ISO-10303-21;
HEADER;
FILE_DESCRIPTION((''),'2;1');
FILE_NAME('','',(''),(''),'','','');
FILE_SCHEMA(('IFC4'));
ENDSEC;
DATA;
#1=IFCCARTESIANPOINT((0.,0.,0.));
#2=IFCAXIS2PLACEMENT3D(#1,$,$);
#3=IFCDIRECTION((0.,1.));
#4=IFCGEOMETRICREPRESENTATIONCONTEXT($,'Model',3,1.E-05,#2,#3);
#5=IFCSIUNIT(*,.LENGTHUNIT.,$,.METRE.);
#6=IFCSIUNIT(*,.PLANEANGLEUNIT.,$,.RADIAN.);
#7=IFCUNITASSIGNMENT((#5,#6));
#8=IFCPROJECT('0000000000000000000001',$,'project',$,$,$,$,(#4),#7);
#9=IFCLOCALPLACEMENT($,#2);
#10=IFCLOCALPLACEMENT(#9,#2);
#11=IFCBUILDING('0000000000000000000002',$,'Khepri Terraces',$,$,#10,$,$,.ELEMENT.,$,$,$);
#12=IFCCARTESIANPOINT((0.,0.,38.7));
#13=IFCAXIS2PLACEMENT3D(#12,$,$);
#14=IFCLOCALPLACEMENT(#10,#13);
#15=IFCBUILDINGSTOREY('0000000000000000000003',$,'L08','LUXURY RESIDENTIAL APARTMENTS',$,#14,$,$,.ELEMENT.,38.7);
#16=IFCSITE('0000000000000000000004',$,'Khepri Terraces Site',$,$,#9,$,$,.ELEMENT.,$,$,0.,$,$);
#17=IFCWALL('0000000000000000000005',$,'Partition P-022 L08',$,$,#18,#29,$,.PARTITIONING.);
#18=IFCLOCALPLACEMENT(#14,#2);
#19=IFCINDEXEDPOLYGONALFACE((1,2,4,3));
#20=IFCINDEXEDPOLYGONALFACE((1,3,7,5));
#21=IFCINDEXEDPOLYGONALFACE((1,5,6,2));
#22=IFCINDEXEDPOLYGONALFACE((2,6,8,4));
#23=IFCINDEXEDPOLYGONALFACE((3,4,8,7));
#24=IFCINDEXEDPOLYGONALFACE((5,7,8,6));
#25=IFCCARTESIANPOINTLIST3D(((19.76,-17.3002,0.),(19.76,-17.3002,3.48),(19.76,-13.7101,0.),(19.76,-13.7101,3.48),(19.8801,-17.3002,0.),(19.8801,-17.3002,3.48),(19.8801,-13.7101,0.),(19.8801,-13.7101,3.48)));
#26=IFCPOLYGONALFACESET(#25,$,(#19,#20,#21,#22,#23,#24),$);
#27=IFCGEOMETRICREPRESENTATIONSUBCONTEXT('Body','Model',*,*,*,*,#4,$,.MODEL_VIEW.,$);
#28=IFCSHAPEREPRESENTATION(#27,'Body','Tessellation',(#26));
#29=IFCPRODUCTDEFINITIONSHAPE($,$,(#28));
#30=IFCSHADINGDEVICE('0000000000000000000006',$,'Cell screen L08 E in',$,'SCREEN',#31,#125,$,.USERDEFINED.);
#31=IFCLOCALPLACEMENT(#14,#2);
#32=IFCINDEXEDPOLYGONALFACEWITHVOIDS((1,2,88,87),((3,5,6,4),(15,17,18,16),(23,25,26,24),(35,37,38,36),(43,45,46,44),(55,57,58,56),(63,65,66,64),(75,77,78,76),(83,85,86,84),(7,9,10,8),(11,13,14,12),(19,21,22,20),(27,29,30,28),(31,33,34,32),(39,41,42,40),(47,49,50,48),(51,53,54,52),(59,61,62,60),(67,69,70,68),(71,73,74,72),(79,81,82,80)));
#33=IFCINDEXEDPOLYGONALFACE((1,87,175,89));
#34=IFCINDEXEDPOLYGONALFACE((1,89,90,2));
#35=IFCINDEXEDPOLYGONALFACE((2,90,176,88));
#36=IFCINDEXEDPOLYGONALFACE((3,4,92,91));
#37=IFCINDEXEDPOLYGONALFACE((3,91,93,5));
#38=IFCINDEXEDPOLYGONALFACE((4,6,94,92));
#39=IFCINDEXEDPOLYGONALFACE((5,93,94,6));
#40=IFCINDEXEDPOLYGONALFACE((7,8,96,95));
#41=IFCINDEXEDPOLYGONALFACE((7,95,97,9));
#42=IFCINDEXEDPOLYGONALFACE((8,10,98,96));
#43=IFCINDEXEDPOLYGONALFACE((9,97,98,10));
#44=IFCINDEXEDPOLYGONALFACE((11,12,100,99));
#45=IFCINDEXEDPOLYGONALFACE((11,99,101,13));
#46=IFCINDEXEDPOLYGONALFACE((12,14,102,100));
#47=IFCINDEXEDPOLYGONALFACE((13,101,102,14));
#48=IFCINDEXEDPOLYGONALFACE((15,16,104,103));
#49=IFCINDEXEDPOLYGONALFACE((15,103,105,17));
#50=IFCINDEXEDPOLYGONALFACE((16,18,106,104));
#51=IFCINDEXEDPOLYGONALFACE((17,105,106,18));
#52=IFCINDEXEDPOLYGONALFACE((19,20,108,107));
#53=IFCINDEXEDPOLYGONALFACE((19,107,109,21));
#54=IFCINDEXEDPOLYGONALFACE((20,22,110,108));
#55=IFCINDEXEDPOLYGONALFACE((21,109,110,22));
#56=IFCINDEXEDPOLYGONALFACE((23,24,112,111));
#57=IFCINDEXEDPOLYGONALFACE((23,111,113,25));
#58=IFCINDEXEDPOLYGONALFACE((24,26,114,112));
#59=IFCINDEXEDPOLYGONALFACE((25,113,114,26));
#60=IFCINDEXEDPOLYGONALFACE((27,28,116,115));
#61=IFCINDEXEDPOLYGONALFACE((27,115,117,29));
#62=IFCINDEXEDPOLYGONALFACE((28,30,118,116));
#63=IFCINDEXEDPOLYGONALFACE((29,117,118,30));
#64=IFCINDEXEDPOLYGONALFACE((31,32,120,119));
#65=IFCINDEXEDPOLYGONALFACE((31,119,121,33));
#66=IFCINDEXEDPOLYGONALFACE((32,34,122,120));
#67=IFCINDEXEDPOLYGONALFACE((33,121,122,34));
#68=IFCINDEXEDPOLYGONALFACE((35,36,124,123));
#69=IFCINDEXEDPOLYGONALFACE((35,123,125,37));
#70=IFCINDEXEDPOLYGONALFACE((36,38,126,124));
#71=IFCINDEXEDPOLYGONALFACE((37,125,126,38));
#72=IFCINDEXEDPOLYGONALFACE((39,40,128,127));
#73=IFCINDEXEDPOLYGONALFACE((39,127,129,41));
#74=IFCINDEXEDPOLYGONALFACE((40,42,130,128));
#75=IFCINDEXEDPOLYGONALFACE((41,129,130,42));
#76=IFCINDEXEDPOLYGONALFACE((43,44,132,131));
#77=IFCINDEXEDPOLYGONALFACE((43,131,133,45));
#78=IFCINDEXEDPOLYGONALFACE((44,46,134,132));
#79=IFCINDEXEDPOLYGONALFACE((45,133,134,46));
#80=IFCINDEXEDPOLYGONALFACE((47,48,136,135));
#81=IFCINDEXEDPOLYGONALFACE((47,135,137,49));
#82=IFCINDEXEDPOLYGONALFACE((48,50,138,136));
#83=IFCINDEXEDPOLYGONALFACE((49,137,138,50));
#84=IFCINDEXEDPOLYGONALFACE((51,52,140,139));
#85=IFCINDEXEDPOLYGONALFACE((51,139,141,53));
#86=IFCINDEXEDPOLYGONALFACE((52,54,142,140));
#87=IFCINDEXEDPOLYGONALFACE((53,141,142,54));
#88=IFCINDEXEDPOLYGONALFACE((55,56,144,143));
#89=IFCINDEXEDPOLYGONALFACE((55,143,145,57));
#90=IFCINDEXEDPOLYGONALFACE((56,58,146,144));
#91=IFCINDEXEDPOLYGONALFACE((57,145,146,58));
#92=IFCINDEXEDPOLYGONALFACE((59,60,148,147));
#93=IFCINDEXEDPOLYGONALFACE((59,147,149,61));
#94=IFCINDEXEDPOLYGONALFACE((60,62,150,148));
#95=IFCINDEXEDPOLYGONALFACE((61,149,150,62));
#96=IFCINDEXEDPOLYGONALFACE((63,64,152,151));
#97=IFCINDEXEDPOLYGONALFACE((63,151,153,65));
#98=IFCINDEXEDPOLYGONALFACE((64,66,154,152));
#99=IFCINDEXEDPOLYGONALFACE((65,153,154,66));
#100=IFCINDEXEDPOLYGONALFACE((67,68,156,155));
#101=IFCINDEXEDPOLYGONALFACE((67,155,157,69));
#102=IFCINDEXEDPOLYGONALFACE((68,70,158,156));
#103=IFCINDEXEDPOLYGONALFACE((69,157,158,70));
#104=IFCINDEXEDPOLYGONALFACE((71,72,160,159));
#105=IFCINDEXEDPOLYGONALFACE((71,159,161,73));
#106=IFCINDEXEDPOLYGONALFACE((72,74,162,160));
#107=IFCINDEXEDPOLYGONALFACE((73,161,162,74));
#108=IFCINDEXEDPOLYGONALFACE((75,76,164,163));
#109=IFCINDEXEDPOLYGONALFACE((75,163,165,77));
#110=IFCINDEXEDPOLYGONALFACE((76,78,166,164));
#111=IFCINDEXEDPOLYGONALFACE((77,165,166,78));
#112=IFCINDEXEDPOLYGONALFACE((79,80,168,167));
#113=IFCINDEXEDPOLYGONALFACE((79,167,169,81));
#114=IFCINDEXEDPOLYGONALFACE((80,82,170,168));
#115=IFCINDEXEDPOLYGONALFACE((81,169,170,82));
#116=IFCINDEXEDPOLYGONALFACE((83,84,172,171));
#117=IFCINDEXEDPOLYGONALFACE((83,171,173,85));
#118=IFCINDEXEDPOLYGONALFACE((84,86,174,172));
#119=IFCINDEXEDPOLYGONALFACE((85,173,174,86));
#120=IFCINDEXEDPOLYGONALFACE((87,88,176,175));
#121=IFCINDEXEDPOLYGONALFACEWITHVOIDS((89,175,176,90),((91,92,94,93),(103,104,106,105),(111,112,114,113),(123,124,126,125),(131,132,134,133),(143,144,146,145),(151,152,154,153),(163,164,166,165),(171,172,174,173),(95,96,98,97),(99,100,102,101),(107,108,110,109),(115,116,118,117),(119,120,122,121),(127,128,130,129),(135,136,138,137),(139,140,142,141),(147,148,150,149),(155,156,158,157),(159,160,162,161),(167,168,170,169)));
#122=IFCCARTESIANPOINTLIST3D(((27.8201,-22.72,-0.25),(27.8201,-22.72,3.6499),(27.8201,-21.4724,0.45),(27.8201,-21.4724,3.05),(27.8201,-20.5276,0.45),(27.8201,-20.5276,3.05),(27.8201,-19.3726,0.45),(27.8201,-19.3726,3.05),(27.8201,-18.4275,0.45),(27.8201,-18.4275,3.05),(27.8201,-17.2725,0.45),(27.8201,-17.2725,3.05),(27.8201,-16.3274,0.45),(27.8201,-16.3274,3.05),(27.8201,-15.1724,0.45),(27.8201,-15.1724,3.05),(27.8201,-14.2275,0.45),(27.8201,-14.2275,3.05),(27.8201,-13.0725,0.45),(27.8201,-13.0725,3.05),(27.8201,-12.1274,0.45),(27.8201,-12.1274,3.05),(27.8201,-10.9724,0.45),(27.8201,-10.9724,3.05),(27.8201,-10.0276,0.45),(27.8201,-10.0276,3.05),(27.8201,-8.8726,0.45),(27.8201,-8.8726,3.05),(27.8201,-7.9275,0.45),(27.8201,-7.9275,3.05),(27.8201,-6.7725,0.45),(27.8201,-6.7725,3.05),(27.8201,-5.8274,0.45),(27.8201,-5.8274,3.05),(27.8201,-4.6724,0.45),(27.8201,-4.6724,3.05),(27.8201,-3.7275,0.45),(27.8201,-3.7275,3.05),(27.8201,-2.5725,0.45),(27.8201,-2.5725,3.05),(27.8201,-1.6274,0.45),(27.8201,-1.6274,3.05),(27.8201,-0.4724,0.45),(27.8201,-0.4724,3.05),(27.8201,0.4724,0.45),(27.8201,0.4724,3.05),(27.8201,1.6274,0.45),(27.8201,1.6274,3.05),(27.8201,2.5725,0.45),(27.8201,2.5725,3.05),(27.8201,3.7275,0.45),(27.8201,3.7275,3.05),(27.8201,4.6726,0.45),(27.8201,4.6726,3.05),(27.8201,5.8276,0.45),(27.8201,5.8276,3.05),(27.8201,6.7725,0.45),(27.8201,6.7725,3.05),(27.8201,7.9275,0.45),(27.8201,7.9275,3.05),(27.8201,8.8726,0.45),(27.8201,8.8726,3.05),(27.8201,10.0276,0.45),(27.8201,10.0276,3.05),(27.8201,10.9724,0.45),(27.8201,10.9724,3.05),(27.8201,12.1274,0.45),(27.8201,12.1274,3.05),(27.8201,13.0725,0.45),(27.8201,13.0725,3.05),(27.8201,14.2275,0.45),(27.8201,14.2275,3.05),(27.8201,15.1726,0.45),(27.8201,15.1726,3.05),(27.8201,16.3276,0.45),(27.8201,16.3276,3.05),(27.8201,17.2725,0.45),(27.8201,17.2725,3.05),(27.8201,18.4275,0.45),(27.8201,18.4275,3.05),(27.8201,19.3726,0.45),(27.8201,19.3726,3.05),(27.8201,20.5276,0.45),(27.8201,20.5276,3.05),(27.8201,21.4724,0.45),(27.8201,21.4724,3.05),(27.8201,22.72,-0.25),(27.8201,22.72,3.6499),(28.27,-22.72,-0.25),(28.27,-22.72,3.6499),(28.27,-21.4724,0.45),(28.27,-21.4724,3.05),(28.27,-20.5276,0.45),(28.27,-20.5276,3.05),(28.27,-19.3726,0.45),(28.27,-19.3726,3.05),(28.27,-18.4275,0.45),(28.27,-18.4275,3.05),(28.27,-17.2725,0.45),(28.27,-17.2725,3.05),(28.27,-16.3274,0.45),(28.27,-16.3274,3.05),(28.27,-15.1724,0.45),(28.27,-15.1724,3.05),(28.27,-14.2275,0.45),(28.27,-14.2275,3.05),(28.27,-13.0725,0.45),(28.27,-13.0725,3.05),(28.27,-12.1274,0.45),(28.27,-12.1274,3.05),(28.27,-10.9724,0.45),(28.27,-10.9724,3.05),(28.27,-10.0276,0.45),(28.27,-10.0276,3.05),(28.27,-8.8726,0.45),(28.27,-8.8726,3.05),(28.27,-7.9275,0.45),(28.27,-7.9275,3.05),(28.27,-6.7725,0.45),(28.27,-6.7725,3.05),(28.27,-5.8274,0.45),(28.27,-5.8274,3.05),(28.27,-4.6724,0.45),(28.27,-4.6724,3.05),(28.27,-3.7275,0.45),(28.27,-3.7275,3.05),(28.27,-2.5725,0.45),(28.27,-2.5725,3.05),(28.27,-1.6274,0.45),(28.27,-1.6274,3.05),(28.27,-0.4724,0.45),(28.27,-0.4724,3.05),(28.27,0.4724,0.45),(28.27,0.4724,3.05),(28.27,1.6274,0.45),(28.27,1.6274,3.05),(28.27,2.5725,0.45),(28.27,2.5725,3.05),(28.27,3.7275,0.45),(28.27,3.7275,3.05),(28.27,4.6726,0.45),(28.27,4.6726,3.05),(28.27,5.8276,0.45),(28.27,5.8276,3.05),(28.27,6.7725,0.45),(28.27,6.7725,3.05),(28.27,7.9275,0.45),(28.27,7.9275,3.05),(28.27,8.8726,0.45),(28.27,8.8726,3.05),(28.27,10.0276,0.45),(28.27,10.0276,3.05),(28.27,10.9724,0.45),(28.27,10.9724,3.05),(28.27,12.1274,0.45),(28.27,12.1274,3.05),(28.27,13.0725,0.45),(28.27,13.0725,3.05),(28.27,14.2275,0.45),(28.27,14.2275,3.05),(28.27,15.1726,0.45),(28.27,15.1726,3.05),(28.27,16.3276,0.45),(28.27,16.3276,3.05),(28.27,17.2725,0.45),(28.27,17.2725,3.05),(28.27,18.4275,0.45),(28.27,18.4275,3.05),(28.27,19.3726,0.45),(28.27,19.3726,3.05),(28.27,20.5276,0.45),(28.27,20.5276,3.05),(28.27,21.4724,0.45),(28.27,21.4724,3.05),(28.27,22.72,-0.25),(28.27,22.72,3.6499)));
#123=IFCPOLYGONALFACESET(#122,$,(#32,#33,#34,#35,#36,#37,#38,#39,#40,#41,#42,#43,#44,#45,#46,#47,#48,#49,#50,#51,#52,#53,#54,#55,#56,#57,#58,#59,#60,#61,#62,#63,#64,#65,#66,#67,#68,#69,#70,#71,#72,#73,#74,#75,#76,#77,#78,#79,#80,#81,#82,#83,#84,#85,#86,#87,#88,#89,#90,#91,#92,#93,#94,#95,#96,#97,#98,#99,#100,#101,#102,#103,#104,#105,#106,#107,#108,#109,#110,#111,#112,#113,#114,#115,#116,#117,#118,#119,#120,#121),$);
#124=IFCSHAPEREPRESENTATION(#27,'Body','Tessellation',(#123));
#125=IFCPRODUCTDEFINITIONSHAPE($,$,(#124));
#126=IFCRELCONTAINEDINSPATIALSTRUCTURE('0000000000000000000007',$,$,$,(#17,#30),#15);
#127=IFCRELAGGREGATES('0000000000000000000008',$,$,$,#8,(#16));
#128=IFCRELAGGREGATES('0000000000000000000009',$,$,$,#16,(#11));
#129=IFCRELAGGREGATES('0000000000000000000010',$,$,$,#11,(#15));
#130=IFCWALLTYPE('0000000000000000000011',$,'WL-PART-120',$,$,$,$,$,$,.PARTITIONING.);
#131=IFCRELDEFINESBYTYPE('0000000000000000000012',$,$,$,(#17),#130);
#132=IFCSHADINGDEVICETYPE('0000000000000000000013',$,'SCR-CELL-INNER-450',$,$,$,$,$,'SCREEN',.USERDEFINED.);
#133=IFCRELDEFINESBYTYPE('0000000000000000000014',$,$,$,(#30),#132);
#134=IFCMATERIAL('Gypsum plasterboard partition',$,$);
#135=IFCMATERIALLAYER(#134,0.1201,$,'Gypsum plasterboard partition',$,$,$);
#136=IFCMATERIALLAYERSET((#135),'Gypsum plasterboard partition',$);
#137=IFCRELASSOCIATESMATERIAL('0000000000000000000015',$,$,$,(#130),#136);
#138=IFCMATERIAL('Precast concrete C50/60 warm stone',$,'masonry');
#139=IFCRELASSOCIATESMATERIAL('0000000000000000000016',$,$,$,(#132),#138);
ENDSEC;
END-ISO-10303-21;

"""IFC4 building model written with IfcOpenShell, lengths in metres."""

from ifc_helpers import new_model, si_unit, direction, frame, frame_2d, origin, place, context, subcontext, project, spatial, polyline, rectangle, outline, extrude, material, layer, layer_set, type_object, element, save


model = new_model("IFC4")

# Units and contexts
model_context = context("Model", 3, precision=1e-05, world=origin(), true_north=direction((0.0, 1.0)))
body_context = subcontext(model_context, "Body", "Model", "MODEL_VIEW")
ifc_project = project(units=[si_unit("LENGTHUNIT", "METRE"), si_unit("PLANEANGLEUNIT", "RADIAN")], contexts=[model_context])

# Site, building, storey
site_placement = place(None, origin())
site = spatial("IfcSite", under=ifc_project, at=site_placement, Name="Khepri Terraces Site", CompositionType="ELEMENT", RefElevation=0.0)
building_placement = place(site_placement, origin())
building = spatial("IfcBuilding", under=site, at=building_placement, Name="Khepri Terraces", CompositionType="ELEMENT")
storey_placement = place(building_placement, frame((0.0, 0.0, 38.7)))
storey = spatial("IfcBuildingStorey", under=building, at=storey_placement, Name="L08", Description="LUXURY RESIDENTIAL APARTMENTS", CompositionType="ELEMENT", Elevation=38.7)

# Shared definitions
ifc_material_1 = material(Name="Precast concrete C50/60 warm stone", Category="masonry")

# Shared definitions
ifc_material_2 = material(Name="Gypsum plasterboard partition")
ifc_layer_1 = layer(ifc_material_2, 0.1201, Name="Gypsum plasterboard partition")
ifc_layer_set_1 = layer_set([ifc_layer_1], Name="Gypsum plasterboard partition")
wall_type_1 = type_object("IfcWallType", Name="WL-PART-120", PredefinedType="PARTITIONING", material=ifc_layer_set_1)

# Wall
wall_1_placement = place(storey_placement, frame((19.8201, -17.3, 0.0), z_axis=(0.0, 0.0, 1.0), x_axis=(0.0, 1.0, 0.0)))
element("IfcWall", 1, at=wall_1_placement, inside=storey, type_object=wall_type_1, Name="Partition P-022 L08", PredefinedType="PARTITIONING", context=body_context, shape_type="SweptSolid", body=[
    extrude(rectangle(XDim=3.5901, YDim=0.1201, at=frame_2d((1.7949, 0.0))), origin(), (0.0, 0.0, 1.0), 3.48),
])

# Shading device
shading_device_type_1 = type_object("IfcShadingDeviceType", Name="SCR-CELL-INNER-450", ElementType="SCREEN", PredefinedType="USERDEFINED", material=ifc_material_1)
shading_device_1_placement = place(storey_placement, frame((27.8201, -22.72, -0.25), z_axis=(1.0, 0.0, 0.0), x_axis=(0.0, 1.0, 0.0)))
element("IfcShadingDevice", 2, at=shading_device_1_placement, inside=storey, type_object=shading_device_type_1, Name="Cell screen L08 E in", ObjectType="SCREEN", PredefinedType="USERDEFINED", context=body_context, shape_type="SweptSolid", body=[
    extrude(outline(polyline([(0.0, 0.0), (45.4399, 0.0), (45.4399, 3.8999), (0.0, 3.8999), (0.0, 0.0)]), holes=[polyline([(1.2476, 0.7), (2.1924, 0.7), (2.1924, 3.3), (1.2476, 3.3), (1.2476, 0.7)]), polyline([(3.3474, 0.7), (4.2925, 0.7), (4.2925, 3.3), (3.3474, 3.3), (3.3474, 0.7)]), polyline([(5.4475, 0.7), (6.3926, 0.7), (6.3926, 3.3), (5.4475, 3.3), (5.4475, 0.7)]), polyline([(7.5476, 0.7), (8.4924, 0.7), (8.4924, 3.3), (7.5476, 3.3), (7.5476, 0.7)]), polyline([(9.6475, 0.7), (10.5925, 0.7), (10.5925, 3.3), (9.6475, 3.3), (9.6475, 0.7)]), polyline([(11.7476, 0.7), (12.6924, 0.7), (12.6924, 3.3), (11.7476, 3.3), (11.7476, 0.7)]), polyline([(13.8474, 0.7), (14.7925, 0.7), (14.7925, 3.3), (13.8474, 3.3), (13.8474, 0.7)]), polyline([(15.9475, 0.7), (16.8926, 0.7), (16.8926, 3.3), (15.9475, 3.3), (15.9475, 0.7)]), polyline([(18.0476, 0.7), (18.9924, 0.7), (18.9924, 3.3), (18.0476, 3.3), (18.0476, 0.7)]), polyline([(20.1475, 0.7), (21.0925, 0.7), (21.0925, 3.3), (20.1475, 3.3), (20.1475, 0.7)]), polyline([(22.2476, 0.7), (23.1924, 0.7), (23.1924, 3.3), (22.2476, 3.3), (22.2476, 0.7)]), polyline([(24.3474, 0.7), (25.2925, 0.7), (25.2925, 3.3), (24.3474, 3.3), (24.3474, 0.7)]), polyline([(26.4475, 0.7), (27.3926, 0.7), (27.3926, 3.3), (26.4475, 3.3), (26.4475, 0.7)]), polyline([(28.5476, 0.7), (29.4924, 0.7), (29.4924, 3.3), (28.5476, 3.3), (28.5476, 0.7)]), polyline([(30.6475, 0.7), (31.5925, 0.7), (31.5925, 3.3), (30.6475, 3.3), (30.6475, 0.7)]), polyline([(32.7476, 0.7), (33.6924, 0.7), (33.6924, 3.3), (32.7476, 3.3), (32.7476, 0.7)]), polyline([(34.8474, 0.7), (35.7925, 0.7), (35.7925, 3.3), (34.8474, 3.3), (34.8474, 0.7)]), polyline([(36.9475, 0.7), (37.8926, 0.7), (37.8926, 3.3), (36.9475, 3.3), (36.9475, 0.7)]), polyline([(39.0476, 0.7), (39.9924, 0.7), (39.9924, 3.3), (39.0476, 3.3), (39.0476, 0.7)]), polyline([(41.1475, 0.7), (42.0925, 0.7), (42.0925, 3.3), (41.1475, 3.3), (41.1475, 0.7)]), polyline([(43.2476, 0.7), (44.1924, 0.7), (44.1924, 3.3), (43.2476, 3.3), (43.2476, 0.7)])]), origin(), (0.0, 0.0, 1.0), 0.45),
])

save(model, "model.ifc")
